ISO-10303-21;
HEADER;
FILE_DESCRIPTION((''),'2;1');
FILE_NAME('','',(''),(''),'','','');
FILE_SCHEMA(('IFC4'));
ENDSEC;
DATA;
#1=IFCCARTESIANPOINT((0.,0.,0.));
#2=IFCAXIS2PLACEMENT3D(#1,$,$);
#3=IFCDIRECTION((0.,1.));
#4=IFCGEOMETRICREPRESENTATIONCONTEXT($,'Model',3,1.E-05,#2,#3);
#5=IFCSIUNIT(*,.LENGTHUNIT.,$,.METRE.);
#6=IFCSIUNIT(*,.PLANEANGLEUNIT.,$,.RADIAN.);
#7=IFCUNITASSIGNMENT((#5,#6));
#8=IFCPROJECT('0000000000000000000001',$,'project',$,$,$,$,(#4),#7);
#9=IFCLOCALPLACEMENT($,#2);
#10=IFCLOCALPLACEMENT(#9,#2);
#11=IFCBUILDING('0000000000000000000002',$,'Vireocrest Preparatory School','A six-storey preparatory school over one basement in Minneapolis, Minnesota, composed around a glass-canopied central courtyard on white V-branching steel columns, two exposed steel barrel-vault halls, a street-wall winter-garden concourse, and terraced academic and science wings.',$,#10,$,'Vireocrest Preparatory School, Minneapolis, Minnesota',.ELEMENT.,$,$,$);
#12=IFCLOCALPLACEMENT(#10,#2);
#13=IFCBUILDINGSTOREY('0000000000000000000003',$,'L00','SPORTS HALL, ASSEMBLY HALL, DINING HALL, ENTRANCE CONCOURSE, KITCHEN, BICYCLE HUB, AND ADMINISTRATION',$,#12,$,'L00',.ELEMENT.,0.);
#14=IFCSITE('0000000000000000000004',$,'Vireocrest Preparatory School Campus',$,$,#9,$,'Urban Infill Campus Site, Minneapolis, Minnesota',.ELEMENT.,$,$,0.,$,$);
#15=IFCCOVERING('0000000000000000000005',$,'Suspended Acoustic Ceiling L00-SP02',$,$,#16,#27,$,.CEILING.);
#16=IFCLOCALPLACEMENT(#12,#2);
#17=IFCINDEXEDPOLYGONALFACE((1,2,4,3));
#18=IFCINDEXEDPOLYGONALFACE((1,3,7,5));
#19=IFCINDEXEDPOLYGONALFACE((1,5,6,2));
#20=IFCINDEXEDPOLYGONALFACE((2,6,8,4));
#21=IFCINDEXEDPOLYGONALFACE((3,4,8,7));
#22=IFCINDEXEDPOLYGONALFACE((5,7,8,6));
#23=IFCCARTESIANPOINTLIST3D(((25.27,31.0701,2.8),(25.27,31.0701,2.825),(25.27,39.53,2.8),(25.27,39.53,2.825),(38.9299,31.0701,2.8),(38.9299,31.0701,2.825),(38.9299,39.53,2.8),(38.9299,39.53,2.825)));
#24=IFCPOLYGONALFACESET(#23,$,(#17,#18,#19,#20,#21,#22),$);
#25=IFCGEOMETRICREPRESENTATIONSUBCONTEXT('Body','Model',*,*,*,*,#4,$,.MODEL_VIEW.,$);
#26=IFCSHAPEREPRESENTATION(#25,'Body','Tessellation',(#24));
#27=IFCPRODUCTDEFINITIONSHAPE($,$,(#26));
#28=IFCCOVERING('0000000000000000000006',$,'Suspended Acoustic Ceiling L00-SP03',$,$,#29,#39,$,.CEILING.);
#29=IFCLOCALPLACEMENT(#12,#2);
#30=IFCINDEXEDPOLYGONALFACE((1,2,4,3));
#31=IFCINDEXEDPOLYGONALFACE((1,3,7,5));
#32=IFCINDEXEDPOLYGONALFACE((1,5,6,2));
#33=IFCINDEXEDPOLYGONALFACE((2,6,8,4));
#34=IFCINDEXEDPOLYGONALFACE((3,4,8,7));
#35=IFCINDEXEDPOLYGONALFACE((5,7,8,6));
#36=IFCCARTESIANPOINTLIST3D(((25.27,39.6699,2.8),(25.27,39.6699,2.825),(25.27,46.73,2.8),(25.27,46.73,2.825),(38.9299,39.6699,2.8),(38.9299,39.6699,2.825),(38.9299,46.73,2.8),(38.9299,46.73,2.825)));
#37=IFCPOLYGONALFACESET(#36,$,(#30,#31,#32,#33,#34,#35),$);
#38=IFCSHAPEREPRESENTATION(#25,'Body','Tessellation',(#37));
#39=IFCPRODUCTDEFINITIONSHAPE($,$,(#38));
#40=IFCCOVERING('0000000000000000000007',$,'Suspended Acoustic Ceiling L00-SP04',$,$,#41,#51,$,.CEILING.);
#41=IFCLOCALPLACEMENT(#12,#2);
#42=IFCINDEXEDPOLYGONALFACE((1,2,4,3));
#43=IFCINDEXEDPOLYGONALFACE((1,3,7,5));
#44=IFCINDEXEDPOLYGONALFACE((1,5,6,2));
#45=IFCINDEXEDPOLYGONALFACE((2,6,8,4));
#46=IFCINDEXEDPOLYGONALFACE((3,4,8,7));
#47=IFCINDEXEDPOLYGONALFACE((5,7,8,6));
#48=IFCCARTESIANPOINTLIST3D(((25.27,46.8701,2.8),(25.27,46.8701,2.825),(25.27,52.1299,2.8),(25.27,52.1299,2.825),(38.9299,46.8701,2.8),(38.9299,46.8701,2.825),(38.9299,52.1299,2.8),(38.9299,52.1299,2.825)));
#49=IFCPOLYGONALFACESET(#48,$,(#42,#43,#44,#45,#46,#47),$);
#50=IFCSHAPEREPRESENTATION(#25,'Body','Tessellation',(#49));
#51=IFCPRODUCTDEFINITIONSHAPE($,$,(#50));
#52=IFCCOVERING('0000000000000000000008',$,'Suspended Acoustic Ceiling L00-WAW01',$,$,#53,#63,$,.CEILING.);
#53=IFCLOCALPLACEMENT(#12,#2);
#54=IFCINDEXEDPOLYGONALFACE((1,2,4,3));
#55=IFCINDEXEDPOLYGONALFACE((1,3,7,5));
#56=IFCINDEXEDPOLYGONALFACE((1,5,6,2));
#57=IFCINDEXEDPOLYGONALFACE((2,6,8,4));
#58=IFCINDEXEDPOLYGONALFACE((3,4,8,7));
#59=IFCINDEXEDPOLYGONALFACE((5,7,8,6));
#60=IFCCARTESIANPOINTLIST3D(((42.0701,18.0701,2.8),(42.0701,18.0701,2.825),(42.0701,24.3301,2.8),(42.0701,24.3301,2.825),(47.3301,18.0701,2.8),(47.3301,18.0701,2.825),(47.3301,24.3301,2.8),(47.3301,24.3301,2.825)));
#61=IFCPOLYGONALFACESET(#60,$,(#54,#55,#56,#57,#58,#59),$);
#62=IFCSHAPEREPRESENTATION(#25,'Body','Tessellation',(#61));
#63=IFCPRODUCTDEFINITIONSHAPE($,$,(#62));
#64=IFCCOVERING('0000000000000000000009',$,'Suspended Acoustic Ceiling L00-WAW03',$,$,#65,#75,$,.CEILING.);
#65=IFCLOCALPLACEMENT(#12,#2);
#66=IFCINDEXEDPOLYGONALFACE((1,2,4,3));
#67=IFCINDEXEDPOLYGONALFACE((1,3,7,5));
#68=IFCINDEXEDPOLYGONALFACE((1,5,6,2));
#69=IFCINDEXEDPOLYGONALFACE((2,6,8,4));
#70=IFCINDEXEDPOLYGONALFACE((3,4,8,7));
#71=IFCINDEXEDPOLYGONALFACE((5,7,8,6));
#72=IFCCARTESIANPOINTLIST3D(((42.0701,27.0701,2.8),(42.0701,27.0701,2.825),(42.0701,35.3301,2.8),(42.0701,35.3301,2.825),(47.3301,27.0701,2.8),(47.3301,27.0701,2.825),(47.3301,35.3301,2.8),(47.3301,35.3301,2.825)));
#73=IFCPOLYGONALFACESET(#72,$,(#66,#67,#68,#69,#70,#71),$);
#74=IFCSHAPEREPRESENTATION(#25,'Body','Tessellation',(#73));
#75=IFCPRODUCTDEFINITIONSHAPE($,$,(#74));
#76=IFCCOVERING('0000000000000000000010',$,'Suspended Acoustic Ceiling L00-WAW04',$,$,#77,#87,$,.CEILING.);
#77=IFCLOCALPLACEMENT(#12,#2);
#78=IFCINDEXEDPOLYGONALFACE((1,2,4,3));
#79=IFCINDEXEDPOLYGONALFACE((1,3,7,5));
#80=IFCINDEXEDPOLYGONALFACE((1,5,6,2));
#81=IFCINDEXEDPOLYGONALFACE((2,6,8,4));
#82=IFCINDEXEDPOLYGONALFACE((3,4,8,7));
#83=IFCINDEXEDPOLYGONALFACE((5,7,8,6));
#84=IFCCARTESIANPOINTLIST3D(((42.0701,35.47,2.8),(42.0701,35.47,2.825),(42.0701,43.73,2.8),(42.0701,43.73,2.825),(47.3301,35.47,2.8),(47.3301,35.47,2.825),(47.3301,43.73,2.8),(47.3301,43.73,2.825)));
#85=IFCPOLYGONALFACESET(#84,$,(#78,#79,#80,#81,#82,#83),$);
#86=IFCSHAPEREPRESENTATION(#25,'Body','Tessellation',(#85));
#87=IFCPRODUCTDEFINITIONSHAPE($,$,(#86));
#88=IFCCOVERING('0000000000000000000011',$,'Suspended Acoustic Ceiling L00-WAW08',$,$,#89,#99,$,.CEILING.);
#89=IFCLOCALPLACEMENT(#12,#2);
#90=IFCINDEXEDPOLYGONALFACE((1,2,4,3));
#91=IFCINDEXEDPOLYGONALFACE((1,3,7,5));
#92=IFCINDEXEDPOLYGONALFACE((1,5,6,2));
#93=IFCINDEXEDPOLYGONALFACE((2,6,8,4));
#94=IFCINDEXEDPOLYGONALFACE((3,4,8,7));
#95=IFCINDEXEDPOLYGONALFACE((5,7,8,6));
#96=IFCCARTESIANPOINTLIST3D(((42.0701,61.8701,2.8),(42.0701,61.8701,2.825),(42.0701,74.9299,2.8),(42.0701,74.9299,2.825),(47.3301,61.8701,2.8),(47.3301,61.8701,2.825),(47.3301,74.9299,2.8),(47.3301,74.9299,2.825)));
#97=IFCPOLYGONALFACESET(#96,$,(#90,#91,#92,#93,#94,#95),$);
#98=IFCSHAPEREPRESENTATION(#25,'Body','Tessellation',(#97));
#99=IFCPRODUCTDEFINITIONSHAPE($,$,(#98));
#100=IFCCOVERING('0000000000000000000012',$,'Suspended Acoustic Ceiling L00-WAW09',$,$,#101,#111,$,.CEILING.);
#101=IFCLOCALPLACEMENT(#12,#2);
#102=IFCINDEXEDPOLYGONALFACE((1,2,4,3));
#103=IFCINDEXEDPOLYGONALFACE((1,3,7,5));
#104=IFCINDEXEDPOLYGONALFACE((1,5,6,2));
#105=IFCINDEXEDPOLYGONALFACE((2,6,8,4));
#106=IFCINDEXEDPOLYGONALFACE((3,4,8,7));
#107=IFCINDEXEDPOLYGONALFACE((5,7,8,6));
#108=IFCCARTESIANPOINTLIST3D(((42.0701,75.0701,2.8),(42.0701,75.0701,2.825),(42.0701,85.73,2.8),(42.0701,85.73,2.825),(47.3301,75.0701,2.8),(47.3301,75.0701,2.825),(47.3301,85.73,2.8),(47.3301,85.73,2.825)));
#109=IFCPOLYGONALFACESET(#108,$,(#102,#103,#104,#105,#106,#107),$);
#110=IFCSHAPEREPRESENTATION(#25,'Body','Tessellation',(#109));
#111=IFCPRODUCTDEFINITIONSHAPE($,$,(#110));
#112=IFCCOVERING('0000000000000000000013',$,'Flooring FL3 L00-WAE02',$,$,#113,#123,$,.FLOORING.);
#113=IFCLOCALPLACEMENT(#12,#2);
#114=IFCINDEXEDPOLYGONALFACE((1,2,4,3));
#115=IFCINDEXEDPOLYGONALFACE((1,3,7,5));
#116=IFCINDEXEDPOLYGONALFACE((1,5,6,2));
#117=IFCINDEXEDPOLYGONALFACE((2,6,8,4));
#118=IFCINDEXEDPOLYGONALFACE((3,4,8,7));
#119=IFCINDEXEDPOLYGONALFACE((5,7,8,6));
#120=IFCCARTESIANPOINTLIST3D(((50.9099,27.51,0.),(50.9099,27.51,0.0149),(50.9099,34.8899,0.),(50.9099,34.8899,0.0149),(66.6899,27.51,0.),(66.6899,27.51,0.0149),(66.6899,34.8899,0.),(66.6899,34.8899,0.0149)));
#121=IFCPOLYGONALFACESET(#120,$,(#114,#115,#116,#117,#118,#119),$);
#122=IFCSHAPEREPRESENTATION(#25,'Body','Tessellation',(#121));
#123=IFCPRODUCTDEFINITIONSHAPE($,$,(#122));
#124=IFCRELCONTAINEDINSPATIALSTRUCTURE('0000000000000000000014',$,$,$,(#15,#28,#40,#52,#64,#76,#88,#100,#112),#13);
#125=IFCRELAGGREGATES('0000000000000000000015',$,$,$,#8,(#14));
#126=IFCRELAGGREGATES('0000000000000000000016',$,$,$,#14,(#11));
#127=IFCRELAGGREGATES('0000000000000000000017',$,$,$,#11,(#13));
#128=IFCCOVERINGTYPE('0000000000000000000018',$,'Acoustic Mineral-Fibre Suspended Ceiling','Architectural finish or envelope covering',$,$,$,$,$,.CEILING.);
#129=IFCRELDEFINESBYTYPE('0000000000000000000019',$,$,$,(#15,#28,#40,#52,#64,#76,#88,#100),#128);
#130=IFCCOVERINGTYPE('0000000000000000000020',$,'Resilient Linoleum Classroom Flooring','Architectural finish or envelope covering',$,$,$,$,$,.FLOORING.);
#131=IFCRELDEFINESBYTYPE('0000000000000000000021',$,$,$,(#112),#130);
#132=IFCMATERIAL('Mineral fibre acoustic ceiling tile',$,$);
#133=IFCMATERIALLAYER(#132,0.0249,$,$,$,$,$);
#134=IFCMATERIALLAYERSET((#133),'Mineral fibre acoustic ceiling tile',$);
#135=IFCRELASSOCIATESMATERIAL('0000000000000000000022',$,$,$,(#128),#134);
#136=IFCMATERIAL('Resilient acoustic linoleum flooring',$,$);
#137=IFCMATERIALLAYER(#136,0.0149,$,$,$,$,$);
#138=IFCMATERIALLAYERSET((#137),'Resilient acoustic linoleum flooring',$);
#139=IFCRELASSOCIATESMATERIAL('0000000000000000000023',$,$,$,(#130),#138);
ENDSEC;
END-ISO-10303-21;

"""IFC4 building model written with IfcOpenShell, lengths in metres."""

from ifc_helpers import new_model, si_unit, direction, frame, origin, place, context, subcontext, project, spatial, polyline, outline, extrude, material, layer, layer_set, type_object, element, save


model = new_model("IFC4")

# Units and contexts
model_context = context("Model", 3, precision=1e-05, world=origin(), true_north=direction((0.0, 1.0)))
body_context = subcontext(model_context, "Body", "Model", "MODEL_VIEW")
ifc_project = project(units=[si_unit("LENGTHUNIT", "METRE"), si_unit("PLANEANGLEUNIT", "RADIAN")], contexts=[model_context])

# Site, building, storey
site_placement = place(None, origin())
site = spatial("IfcSite", under=ifc_project, at=site_placement, Name="Vireocrest Preparatory School Campus", LongName="Urban Infill Campus Site, Minneapolis, Minnesota", CompositionType="ELEMENT", RefElevation=0.0)
building_placement = place(site_placement, origin())
building = spatial("IfcBuilding", under=site, at=building_placement, Name="Vireocrest Preparatory School", Description="A six-storey preparatory school over one basement in Minneapolis, Minnesota, composed around a glass-canopied central courtyard on white V-branching steel columns, two exposed steel barrel-vault halls, a street-wall winter-garden concourse, and terraced academic and science wings.", LongName="Vireocrest Preparatory School, Minneapolis, Minnesota", CompositionType="ELEMENT")
storey_placement = place(building_placement, origin())
storey = spatial("IfcBuildingStorey", under=building, at=storey_placement, Name="L00", Description="SPORTS HALL, ASSEMBLY HALL, DINING HALL, ENTRANCE CONCOURSE, KITCHEN, BICYCLE HUB, AND ADMINISTRATION", LongName="L00", CompositionType="ELEMENT", Elevation=0.0)

# Coverings
ifc_material_1 = material(Name="Mineral fibre acoustic ceiling tile")
ifc_layer_1 = layer(ifc_material_1, 0.0249)
ifc_layer_set_1 = layer_set([ifc_layer_1], Name="Mineral fibre acoustic ceiling tile")
covering_type_1 = type_object("IfcCoveringType", Name="Acoustic Mineral-Fibre Suspended Ceiling", Description="Architectural finish or envelope covering", PredefinedType="CEILING", material=ifc_layer_set_1)
covering_1_placement = place(storey_placement, frame((0.0, 0.0, 2.8)))
element("IfcCovering", 1, at=covering_1_placement, inside=storey, type_object=covering_type_1, Name="Suspended Acoustic Ceiling L00-SP02", PredefinedType="CEILING", context=body_context, shape_type="SweptSolid", body=[
    extrude(outline(polyline([(25.27, 31.0701), (38.9299, 31.0701), (38.9299, 39.53), (25.27, 39.53), (25.27, 31.0701)])), origin(), (0.0, 0.0, 1.0), 0.0249),
])
covering_2_placement = place(storey_placement, frame((0.0, 0.0, 2.8)))
element("IfcCovering", 2, at=covering_2_placement, inside=storey, type_object=covering_type_1, Name="Suspended Acoustic Ceiling L00-SP03", PredefinedType="CEILING", context=body_context, shape_type="SweptSolid", body=[
    extrude(outline(polyline([(25.27, 39.6699), (38.9299, 39.6699), (38.9299, 46.73), (25.27, 46.73), (25.27, 39.6699)])), origin(), (0.0, 0.0, 1.0), 0.0249),
])
covering_3_placement = place(storey_placement, frame((0.0, 0.0, 2.8)))
element("IfcCovering", 3, at=covering_3_placement, inside=storey, type_object=covering_type_1, Name="Suspended Acoustic Ceiling L00-SP04", PredefinedType="CEILING", context=body_context, shape_type="SweptSolid", body=[
    extrude(outline(polyline([(25.27, 46.8701), (38.9299, 46.8701), (38.9299, 52.1299), (25.27, 52.1299), (25.27, 46.8701)])), origin(), (0.0, 0.0, 1.0), 0.0249),
])
covering_4_placement = place(storey_placement, frame((0.0, 0.0, 2.8)))
element("IfcCovering", 4, at=covering_4_placement, inside=storey, type_object=covering_type_1, Name="Suspended Acoustic Ceiling L00-WAW01", PredefinedType="CEILING", context=body_context, shape_type="SweptSolid", body=[
    extrude(outline(polyline([(42.0701, 18.0701), (47.3301, 18.0701), (47.3301, 24.3301), (42.0701, 24.3301), (42.0701, 18.0701)])), origin(), (0.0, 0.0, 1.0), 0.0249),
])
covering_5_placement = place(storey_placement, frame((0.0, 0.0, 2.8)))
element("IfcCovering", 5, at=covering_5_placement, inside=storey, type_object=covering_type_1, Name="Suspended Acoustic Ceiling L00-WAW03", PredefinedType="CEILING", context=body_context, shape_type="SweptSolid", body=[
    extrude(outline(polyline([(42.0701, 27.0701), (47.3301, 27.0701), (47.3301, 35.3301), (42.0701, 35.3301), (42.0701, 27.0701)])), origin(), (0.0, 0.0, 1.0), 0.0249),
])
covering_6_placement = place(storey_placement, frame((0.0, 0.0, 2.8)))
element("IfcCovering", 6, at=covering_6_placement, inside=storey, type_object=covering_type_1, Name="Suspended Acoustic Ceiling L00-WAW04", PredefinedType="CEILING", context=body_context, shape_type="SweptSolid", body=[
    extrude(outline(polyline([(42.0701, 35.47), (47.3301, 35.47), (47.3301, 43.73), (42.0701, 43.73), (42.0701, 35.47)])), origin(), (0.0, 0.0, 1.0), 0.0249),
])
covering_7_placement = place(storey_placement, frame((0.0, 0.0, 2.8)))
element("IfcCovering", 7, at=covering_7_placement, inside=storey, type_object=covering_type_1, Name="Suspended Acoustic Ceiling L00-WAW08", PredefinedType="CEILING", context=body_context, shape_type="SweptSolid", body=[
    extrude(outline(polyline([(42.0701, 61.8701), (47.3301, 61.8701), (47.3301, 74.9299), (42.0701, 74.9299), (42.0701, 61.8701)])), origin(), (0.0, 0.0, 1.0), 0.0249),
])
covering_8_placement = place(storey_placement, frame((0.0, 0.0, 2.8)))
element("IfcCovering", 8, at=covering_8_placement, inside=storey, type_object=covering_type_1, Name="Suspended Acoustic Ceiling L00-WAW09", PredefinedType="CEILING", context=body_context, shape_type="SweptSolid", body=[
    extrude(outline(polyline([(42.0701, 75.0701), (47.3301, 75.0701), (47.3301, 85.73), (42.0701, 85.73), (42.0701, 75.0701)])), origin(), (0.0, 0.0, 1.0), 0.0249),
])
ifc_material_2 = material(Name="Resilient acoustic linoleum flooring")
ifc_layer_2 = layer(ifc_material_2, 0.0149)
ifc_layer_set_2 = layer_set([ifc_layer_2], Name="Resilient acoustic linoleum flooring")
covering_type_2 = type_object("IfcCoveringType", Name="Resilient Linoleum Classroom Flooring", Description="Architectural finish or envelope covering", PredefinedType="FLOORING", material=ifc_layer_set_2)
covering_9_placement = place(storey_placement, origin())
element("IfcCovering", 9, at=covering_9_placement, inside=storey, type_object=covering_type_2, Name="Flooring FL3 L00-WAE02", PredefinedType="FLOORING", context=body_context, shape_type="SweptSolid", body=[
    extrude(outline(polyline([(50.9099, 27.51), (66.6899, 27.51), (66.6899, 34.8899), (50.9099, 34.8899), (50.9099, 27.51)])), origin(), (0.0, 0.0, 1.0), 0.0149),
])

save(model, "model.ifc")
